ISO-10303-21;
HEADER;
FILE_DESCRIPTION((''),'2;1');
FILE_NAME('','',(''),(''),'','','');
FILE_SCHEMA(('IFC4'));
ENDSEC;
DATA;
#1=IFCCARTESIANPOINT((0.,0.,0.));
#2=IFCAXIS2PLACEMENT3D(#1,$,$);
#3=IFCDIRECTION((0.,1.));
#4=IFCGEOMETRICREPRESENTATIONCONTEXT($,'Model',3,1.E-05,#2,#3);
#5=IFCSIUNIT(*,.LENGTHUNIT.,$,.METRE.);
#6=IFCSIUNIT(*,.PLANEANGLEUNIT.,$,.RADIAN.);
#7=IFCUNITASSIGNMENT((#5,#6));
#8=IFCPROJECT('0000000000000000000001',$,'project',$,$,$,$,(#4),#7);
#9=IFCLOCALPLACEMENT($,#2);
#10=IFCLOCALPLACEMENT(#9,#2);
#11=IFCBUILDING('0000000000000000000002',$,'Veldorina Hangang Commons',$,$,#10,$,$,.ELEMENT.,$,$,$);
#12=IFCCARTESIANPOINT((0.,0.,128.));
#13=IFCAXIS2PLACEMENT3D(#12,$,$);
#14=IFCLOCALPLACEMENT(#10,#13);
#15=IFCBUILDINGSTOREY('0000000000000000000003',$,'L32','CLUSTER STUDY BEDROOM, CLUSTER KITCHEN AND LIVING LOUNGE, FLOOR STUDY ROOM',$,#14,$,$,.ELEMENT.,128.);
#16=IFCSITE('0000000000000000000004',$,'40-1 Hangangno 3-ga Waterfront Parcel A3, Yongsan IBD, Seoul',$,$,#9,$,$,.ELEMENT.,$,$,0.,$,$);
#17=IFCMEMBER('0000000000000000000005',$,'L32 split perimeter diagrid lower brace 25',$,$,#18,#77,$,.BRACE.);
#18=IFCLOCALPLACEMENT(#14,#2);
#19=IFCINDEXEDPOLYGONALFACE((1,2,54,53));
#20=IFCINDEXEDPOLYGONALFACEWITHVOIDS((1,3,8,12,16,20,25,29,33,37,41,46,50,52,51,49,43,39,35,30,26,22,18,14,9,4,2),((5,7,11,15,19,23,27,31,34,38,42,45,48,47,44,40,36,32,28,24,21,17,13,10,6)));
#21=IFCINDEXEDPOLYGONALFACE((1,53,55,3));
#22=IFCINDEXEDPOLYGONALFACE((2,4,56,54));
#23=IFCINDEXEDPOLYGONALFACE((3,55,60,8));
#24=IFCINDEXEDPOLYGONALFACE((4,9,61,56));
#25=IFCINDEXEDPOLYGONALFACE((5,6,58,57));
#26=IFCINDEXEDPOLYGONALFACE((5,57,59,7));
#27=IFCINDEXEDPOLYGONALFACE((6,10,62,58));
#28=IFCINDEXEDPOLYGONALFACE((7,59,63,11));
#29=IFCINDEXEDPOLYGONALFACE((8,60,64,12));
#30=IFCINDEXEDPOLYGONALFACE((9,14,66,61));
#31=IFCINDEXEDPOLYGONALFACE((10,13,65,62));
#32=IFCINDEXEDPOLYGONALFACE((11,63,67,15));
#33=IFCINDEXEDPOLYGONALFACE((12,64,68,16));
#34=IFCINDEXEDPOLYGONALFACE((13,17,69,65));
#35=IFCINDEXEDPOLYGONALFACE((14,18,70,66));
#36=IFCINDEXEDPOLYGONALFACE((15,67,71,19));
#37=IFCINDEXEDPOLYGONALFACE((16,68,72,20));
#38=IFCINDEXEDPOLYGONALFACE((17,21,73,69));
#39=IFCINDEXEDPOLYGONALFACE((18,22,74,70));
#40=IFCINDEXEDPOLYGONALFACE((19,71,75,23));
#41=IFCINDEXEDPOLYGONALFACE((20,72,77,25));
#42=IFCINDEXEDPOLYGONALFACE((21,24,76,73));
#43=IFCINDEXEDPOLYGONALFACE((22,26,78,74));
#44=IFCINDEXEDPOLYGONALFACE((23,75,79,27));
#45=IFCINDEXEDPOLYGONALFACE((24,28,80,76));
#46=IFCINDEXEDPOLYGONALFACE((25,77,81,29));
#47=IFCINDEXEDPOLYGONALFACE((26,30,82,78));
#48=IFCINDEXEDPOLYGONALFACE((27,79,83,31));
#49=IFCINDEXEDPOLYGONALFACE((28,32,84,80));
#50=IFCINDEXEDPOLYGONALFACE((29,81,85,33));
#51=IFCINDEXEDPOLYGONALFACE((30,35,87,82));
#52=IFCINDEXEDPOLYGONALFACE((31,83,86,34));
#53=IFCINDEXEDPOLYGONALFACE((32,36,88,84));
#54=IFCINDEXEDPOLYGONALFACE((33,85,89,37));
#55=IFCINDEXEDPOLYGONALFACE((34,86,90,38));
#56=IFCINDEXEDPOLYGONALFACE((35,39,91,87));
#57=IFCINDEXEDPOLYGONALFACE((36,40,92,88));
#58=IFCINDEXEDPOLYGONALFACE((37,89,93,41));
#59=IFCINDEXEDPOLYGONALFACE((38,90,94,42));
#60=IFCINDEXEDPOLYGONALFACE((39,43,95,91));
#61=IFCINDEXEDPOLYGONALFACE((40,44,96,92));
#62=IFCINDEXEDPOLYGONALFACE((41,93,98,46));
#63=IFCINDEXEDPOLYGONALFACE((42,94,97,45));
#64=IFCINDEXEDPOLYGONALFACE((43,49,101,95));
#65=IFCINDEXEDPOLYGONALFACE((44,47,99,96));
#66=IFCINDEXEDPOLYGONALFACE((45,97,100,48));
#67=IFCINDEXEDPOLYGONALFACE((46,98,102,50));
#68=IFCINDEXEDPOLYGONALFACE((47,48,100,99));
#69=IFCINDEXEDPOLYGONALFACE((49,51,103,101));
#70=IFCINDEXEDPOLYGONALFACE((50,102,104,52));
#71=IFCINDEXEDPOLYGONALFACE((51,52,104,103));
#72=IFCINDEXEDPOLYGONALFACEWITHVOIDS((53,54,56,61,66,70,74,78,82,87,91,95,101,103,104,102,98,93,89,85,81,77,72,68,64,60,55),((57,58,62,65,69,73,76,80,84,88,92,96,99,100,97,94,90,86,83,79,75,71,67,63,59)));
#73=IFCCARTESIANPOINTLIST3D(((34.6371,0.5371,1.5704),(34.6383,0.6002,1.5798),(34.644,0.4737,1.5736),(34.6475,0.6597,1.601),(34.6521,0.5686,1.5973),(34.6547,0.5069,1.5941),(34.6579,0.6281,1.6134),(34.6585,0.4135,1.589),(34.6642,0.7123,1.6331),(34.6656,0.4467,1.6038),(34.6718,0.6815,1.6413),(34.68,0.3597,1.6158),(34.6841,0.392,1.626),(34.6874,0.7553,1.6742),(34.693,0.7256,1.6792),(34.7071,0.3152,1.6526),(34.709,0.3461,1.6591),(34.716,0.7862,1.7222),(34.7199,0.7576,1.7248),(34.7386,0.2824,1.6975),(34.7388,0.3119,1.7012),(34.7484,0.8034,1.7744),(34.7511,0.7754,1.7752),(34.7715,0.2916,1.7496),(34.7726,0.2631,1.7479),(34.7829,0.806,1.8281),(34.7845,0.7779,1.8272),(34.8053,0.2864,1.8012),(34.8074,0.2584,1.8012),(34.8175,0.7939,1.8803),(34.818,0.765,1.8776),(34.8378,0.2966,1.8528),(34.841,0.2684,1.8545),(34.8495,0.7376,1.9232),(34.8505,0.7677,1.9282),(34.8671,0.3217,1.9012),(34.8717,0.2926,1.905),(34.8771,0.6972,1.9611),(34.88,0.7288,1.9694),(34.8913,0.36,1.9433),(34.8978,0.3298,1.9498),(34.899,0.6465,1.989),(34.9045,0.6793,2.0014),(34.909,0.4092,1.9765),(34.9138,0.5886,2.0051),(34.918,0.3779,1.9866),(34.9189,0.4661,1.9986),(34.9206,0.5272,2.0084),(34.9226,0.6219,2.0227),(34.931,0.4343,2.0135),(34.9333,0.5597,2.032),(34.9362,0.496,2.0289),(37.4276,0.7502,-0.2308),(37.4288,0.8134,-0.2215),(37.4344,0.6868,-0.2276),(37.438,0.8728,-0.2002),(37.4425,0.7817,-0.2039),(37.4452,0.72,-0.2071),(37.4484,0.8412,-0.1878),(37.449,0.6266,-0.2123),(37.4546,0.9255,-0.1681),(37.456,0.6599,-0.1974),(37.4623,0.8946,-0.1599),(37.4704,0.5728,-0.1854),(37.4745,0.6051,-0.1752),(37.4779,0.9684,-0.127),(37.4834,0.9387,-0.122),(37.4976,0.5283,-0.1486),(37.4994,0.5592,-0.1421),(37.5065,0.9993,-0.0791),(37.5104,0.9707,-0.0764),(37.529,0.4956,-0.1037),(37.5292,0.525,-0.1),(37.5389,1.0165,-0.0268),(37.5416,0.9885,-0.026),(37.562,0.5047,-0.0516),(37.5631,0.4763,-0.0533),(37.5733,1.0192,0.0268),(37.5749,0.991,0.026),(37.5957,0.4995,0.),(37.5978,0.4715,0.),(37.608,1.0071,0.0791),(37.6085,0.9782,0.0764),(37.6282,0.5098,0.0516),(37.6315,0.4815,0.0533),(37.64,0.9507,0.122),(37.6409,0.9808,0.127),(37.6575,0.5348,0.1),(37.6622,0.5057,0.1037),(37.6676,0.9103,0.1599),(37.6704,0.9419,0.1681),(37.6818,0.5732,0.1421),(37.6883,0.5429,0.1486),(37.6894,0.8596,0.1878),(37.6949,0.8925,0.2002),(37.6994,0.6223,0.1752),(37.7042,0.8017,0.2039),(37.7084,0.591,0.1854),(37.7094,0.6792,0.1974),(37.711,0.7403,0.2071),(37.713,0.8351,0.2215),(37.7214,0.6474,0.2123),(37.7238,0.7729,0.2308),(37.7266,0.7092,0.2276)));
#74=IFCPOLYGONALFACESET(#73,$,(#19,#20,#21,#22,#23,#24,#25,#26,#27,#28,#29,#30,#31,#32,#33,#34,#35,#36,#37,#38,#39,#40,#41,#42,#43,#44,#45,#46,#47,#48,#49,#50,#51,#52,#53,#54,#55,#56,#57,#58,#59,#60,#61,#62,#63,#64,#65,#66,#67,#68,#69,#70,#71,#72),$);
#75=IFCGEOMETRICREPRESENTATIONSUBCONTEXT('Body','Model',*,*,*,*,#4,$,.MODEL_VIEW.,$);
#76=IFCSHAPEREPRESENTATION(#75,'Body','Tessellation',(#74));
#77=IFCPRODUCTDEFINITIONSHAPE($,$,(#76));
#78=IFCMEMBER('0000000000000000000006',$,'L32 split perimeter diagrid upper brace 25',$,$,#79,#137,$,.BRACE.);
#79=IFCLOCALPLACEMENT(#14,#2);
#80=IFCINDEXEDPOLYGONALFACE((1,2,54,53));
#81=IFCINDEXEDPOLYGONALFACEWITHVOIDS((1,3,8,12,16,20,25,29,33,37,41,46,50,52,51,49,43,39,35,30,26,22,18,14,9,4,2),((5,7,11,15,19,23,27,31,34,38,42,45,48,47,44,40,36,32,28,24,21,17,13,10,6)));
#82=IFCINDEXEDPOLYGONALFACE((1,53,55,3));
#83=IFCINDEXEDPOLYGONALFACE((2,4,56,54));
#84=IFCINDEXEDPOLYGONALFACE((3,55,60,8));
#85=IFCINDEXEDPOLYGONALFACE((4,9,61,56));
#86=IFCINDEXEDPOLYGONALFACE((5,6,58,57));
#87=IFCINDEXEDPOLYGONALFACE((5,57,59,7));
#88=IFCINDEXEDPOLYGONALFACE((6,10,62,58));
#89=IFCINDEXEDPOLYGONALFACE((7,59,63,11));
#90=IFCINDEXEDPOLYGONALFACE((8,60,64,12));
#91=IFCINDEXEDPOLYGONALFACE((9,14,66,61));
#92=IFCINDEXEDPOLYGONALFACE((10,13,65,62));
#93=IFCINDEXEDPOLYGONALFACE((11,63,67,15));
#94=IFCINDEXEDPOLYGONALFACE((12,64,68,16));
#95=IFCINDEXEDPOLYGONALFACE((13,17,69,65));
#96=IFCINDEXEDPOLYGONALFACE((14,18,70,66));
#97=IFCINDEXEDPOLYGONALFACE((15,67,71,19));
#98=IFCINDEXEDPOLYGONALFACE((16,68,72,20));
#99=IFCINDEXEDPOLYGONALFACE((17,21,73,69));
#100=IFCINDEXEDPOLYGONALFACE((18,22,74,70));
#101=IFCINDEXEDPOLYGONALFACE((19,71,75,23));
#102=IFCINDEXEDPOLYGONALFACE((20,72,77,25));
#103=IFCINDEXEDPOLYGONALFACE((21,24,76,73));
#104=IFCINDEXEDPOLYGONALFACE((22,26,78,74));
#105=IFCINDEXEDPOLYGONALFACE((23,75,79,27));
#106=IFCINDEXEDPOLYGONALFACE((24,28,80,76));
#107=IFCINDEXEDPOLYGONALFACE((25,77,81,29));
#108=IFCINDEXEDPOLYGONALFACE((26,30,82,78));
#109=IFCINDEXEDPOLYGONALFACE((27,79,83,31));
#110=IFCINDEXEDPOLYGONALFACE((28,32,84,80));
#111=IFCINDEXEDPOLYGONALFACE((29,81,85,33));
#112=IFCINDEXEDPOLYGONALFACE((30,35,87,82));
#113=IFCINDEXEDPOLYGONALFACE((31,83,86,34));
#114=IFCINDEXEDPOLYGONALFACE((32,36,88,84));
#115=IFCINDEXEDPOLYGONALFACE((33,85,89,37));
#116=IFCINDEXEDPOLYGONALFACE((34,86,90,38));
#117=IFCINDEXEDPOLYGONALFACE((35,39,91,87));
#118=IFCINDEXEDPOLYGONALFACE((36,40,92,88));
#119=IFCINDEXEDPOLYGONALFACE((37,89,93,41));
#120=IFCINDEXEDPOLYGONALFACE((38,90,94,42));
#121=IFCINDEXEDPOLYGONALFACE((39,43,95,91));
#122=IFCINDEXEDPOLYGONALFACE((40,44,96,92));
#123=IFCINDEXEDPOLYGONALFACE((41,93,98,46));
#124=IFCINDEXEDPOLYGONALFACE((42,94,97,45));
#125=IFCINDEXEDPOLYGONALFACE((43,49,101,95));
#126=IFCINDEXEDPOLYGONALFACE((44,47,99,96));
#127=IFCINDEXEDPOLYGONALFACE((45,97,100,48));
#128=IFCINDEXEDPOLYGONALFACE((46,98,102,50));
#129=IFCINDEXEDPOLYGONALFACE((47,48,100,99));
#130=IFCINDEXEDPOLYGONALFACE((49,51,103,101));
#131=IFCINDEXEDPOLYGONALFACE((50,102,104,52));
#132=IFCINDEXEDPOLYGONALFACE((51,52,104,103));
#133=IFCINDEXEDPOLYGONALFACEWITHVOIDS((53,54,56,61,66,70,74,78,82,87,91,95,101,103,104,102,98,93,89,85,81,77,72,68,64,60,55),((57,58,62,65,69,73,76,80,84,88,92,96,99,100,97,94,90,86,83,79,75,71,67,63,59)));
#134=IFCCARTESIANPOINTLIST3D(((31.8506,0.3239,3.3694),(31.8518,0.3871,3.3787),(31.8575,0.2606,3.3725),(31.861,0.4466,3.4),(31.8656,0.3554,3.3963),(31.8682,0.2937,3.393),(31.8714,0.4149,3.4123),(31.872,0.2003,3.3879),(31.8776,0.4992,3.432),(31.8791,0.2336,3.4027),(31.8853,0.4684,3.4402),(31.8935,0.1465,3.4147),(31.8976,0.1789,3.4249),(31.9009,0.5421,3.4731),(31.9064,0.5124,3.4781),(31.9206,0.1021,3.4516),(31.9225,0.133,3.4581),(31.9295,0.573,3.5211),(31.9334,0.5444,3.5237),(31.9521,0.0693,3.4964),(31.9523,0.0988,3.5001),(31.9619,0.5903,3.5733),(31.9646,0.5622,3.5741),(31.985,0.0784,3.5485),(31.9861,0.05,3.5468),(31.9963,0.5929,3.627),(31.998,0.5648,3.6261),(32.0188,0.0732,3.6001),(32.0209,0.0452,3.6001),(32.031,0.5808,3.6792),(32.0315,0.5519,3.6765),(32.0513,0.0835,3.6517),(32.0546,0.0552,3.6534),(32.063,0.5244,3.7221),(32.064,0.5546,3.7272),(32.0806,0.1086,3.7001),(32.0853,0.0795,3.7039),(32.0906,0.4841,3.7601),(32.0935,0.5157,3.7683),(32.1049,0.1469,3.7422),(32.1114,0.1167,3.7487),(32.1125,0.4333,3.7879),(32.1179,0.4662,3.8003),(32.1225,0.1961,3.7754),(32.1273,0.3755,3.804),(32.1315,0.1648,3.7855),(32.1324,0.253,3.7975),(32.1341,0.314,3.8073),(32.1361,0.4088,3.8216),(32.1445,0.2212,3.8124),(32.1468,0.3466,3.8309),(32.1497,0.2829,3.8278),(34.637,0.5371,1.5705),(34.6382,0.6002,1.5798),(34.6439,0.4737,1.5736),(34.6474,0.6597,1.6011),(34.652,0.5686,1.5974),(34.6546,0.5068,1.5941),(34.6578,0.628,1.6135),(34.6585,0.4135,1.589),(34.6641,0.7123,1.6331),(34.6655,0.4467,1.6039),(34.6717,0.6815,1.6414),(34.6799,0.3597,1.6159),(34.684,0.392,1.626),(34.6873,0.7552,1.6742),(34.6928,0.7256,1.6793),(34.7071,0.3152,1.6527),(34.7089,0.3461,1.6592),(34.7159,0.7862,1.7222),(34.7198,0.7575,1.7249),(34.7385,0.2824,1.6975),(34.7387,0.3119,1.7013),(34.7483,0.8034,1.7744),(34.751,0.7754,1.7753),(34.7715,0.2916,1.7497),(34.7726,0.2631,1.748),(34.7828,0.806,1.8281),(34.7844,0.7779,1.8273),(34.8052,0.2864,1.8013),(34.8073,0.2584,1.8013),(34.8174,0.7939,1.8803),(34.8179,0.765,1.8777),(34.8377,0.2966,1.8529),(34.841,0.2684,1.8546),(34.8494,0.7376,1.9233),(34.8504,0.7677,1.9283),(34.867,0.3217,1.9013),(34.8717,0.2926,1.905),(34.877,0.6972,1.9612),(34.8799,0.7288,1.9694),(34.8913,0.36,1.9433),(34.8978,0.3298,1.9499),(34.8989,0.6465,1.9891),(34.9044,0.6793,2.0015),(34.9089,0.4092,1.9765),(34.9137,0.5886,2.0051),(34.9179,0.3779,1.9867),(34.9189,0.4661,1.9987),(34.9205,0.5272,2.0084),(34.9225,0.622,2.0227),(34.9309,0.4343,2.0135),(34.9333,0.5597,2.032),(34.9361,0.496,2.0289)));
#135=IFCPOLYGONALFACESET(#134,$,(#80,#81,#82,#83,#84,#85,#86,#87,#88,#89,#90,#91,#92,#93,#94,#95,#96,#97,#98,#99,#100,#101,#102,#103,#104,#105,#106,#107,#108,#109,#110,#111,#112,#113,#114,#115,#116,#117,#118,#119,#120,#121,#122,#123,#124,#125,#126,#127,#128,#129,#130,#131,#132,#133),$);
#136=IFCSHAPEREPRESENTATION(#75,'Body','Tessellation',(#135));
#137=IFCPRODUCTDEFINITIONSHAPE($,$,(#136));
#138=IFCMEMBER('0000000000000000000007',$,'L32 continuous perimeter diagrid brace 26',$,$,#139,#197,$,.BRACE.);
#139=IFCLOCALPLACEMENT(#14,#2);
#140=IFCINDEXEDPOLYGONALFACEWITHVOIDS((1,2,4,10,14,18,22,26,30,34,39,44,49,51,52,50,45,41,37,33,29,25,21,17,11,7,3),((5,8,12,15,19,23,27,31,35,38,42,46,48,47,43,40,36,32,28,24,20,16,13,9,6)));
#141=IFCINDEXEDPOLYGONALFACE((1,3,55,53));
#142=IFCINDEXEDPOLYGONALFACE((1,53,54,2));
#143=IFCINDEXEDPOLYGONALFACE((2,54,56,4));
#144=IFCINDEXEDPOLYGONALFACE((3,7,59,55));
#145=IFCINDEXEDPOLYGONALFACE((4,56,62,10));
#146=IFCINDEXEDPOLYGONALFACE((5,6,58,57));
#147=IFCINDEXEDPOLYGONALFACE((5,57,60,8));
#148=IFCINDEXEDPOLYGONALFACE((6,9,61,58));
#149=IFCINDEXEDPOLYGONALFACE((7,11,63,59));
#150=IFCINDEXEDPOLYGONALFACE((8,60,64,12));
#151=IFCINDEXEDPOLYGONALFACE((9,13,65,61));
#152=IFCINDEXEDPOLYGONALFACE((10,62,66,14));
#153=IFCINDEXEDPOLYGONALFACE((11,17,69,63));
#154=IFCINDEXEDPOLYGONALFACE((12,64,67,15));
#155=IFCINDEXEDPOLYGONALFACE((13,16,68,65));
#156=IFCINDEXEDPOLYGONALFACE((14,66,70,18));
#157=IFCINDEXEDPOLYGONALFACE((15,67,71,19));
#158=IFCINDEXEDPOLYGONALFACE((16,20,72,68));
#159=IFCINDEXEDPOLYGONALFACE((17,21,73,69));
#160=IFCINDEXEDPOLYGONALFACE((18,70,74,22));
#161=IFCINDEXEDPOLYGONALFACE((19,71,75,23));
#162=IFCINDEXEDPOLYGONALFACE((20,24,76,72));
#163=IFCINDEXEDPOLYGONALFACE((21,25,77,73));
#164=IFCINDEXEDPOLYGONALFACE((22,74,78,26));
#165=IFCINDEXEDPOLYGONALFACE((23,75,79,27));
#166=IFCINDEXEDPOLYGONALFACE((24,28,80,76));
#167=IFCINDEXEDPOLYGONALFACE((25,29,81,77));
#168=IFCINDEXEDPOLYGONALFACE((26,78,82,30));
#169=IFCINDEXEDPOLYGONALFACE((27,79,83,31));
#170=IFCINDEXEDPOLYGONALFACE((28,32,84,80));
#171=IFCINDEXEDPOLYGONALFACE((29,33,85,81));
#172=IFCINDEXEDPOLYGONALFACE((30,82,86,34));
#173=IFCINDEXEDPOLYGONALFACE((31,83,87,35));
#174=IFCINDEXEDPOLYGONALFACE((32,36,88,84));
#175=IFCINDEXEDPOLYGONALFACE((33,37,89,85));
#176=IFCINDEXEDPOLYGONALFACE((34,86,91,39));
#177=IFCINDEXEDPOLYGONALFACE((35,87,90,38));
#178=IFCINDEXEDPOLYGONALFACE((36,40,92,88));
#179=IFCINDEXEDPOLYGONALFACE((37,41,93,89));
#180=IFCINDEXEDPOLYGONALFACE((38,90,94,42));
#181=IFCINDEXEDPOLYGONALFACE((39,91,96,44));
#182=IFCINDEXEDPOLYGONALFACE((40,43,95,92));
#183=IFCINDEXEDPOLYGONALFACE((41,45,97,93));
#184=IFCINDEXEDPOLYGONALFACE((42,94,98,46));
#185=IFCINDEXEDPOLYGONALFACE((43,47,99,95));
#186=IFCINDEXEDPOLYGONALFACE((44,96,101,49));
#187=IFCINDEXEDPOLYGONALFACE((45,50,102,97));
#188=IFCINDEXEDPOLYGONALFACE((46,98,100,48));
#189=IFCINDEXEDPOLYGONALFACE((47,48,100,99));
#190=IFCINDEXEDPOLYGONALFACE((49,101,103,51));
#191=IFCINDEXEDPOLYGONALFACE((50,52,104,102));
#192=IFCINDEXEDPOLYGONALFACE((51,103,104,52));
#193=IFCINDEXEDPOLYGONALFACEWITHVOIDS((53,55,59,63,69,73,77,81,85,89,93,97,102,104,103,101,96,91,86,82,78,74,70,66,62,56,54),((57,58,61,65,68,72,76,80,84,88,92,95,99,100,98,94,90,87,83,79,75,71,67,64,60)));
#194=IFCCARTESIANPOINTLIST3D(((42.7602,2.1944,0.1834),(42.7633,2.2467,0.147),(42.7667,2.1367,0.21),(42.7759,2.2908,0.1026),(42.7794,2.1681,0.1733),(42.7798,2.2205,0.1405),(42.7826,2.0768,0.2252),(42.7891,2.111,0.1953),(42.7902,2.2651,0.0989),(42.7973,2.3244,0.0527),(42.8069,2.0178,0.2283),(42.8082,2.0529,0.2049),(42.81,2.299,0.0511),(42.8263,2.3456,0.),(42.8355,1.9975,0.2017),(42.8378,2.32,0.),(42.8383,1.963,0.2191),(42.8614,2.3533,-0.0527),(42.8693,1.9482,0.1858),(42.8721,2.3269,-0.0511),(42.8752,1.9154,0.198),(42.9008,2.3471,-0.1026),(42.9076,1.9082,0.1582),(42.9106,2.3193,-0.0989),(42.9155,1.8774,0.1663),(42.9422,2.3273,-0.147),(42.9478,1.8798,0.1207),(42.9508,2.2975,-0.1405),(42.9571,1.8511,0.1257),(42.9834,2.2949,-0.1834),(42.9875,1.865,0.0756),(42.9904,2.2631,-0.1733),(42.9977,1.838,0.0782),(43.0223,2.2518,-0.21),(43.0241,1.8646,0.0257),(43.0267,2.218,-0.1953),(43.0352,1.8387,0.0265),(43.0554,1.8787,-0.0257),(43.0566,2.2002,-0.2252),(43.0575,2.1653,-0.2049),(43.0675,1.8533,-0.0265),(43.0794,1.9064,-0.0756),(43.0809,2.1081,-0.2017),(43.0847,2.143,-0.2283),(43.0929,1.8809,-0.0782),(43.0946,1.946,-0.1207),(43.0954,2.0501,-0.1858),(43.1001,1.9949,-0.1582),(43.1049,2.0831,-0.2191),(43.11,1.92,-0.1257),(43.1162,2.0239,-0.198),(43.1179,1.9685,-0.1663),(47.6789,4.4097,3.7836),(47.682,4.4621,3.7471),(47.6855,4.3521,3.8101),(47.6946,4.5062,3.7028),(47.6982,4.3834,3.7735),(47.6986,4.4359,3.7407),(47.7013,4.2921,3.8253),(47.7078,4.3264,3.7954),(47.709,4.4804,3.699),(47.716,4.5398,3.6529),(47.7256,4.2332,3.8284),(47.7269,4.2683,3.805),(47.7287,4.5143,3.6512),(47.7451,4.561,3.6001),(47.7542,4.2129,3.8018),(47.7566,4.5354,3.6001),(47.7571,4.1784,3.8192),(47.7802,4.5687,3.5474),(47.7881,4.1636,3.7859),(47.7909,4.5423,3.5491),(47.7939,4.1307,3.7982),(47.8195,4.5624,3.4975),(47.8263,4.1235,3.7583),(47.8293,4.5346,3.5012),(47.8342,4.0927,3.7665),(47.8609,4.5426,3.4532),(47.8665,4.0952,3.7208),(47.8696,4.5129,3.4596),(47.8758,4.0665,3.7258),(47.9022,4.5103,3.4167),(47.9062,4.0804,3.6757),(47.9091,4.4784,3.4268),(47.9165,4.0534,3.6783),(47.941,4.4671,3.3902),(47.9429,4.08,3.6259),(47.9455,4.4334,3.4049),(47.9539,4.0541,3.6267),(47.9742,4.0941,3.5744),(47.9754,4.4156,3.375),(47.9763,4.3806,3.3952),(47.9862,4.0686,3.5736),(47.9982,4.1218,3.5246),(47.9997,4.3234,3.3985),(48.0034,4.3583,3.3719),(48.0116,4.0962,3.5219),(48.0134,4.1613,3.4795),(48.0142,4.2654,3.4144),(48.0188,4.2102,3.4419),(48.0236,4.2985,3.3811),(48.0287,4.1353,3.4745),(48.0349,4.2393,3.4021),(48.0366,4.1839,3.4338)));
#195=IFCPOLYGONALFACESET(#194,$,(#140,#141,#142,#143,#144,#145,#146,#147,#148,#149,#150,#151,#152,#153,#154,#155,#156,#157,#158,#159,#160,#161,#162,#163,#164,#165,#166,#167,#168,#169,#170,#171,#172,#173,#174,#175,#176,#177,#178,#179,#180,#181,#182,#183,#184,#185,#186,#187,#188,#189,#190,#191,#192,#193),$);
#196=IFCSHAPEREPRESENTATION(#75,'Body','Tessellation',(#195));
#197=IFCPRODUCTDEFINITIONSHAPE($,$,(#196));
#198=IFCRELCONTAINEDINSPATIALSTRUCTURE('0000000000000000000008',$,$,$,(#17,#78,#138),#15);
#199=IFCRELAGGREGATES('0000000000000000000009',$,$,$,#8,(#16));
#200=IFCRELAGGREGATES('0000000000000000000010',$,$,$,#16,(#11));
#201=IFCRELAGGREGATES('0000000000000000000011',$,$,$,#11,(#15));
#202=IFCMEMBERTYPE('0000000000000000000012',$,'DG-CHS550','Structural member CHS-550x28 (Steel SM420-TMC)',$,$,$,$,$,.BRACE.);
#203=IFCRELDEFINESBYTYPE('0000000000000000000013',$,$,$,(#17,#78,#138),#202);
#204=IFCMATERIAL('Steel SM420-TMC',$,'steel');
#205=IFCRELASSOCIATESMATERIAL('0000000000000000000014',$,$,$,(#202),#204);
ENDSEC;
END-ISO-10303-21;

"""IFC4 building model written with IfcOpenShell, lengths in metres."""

from ifc_helpers import new_model, si_unit, direction, frame, origin, origin_2d, place, context, subcontext, project, spatial, hollow_circle, extrude, material, material_profile, profile_set, type_object, element, save


model = new_model("IFC4")

# Units and contexts
model_context = context("Model", 3, precision=1e-05, world=origin(), true_north=direction((0.0, 1.0)))
body_context = subcontext(model_context, "Body", "Model", "MODEL_VIEW")
ifc_project = project(units=[si_unit("LENGTHUNIT", "METRE"), si_unit("PLANEANGLEUNIT", "RADIAN")], contexts=[model_context])

# Site, building, storey
site_placement = place(None, origin())
site = spatial("IfcSite", under=ifc_project, at=site_placement, Name="40-1 Hangangno 3-ga Waterfront Parcel A3, Yongsan IBD, Seoul", CompositionType="ELEMENT", RefElevation=0.0)
building_placement = place(site_placement, origin())
building = spatial("IfcBuilding", under=site, at=building_placement, Name="Veldorina Hangang Commons", CompositionType="ELEMENT")
storey_placement = place(building_placement, frame((0.0, 0.0, 128.0)))
storey = spatial("IfcBuildingStorey", under=building, at=storey_placement, Name="L32", Description="CLUSTER STUDY BEDROOM, CLUSTER KITCHEN AND LIVING LOUNGE, FLOOR STUDY ROOM", CompositionType="ELEMENT", Elevation=128.0)

# Shared definitions
ifc_material_1 = material(Name="Steel SM420-TMC", Category="steel")

# Members
ifc_material_profile_1 = material_profile(ifc_material_1, hollow_circle(Radius=0.2749, WallThickness=0.0281, at=origin_2d()), Name="CHS-550x28")
ifc_profile_set_1 = profile_set([ifc_material_profile_1], Name="Steel SM420-TMC")
member_type_1 = type_object("IfcMemberType", Name="DG-CHS550", Description="Structural member CHS-550x28 (Steel SM420-TMC)", PredefinedType="BRACE", material=ifc_profile_set_1)
member_1_placement = place(storey_placement, frame((37.5769, 0.7456, 0.0), z_axis=(-0.838445, -0.064039, 0.541211), x_axis=(0.076156, -0.997096, 0.0)))
element("IfcMember", 1, at=member_1_placement, inside=storey, type_object=member_type_1, Name="L32 split perimeter diagrid lower brace 25", PredefinedType="BRACE", context=body_context, shape_type="SweptSolid", body=[
    extrude(hollow_circle(Radius=0.2749, WallThickness=0.0281, at=origin_2d()), origin(), (0.0, 0.0, 1.0), 3.3281),
])
member_2_placement = place(storey_placement, frame((34.7864, 0.5325, 1.8013), z_axis=(-0.838407, -0.064131, 0.541259), x_axis=(0.076269, -0.997087, 0.0)))
element("IfcMember", 2, at=member_2_placement, inside=storey, type_object=member_type_1, Name="L32 split perimeter diagrid upper brace 25", PredefinedType="BRACE", context=body_context, shape_type="SweptSolid", body=[
    extrude(hollow_circle(Radius=0.2749, WallThickness=0.0281, at=origin_2d()), origin(), (0.0, 0.0, 1.0), 3.3235),
])
member_3_placement = place(storey_placement, frame((42.9392, 2.095, 0.0), z_axis=(0.758412, 0.341581, 0.555097), x_axis=(-0.41066, 0.911789, 0.0)))
element("IfcMember", 3, at=member_3_placement, inside=storey, type_object=member_type_1, Name="L32 continuous perimeter diagrid brace 26", PredefinedType="BRACE", context=body_context, shape_type="SweptSolid", body=[
    extrude(hollow_circle(Radius=0.2749, WallThickness=0.0281, at=origin_2d()), origin(), (0.0, 0.0, 1.0), 6.4856),
])

save(model, "model.ifc")
